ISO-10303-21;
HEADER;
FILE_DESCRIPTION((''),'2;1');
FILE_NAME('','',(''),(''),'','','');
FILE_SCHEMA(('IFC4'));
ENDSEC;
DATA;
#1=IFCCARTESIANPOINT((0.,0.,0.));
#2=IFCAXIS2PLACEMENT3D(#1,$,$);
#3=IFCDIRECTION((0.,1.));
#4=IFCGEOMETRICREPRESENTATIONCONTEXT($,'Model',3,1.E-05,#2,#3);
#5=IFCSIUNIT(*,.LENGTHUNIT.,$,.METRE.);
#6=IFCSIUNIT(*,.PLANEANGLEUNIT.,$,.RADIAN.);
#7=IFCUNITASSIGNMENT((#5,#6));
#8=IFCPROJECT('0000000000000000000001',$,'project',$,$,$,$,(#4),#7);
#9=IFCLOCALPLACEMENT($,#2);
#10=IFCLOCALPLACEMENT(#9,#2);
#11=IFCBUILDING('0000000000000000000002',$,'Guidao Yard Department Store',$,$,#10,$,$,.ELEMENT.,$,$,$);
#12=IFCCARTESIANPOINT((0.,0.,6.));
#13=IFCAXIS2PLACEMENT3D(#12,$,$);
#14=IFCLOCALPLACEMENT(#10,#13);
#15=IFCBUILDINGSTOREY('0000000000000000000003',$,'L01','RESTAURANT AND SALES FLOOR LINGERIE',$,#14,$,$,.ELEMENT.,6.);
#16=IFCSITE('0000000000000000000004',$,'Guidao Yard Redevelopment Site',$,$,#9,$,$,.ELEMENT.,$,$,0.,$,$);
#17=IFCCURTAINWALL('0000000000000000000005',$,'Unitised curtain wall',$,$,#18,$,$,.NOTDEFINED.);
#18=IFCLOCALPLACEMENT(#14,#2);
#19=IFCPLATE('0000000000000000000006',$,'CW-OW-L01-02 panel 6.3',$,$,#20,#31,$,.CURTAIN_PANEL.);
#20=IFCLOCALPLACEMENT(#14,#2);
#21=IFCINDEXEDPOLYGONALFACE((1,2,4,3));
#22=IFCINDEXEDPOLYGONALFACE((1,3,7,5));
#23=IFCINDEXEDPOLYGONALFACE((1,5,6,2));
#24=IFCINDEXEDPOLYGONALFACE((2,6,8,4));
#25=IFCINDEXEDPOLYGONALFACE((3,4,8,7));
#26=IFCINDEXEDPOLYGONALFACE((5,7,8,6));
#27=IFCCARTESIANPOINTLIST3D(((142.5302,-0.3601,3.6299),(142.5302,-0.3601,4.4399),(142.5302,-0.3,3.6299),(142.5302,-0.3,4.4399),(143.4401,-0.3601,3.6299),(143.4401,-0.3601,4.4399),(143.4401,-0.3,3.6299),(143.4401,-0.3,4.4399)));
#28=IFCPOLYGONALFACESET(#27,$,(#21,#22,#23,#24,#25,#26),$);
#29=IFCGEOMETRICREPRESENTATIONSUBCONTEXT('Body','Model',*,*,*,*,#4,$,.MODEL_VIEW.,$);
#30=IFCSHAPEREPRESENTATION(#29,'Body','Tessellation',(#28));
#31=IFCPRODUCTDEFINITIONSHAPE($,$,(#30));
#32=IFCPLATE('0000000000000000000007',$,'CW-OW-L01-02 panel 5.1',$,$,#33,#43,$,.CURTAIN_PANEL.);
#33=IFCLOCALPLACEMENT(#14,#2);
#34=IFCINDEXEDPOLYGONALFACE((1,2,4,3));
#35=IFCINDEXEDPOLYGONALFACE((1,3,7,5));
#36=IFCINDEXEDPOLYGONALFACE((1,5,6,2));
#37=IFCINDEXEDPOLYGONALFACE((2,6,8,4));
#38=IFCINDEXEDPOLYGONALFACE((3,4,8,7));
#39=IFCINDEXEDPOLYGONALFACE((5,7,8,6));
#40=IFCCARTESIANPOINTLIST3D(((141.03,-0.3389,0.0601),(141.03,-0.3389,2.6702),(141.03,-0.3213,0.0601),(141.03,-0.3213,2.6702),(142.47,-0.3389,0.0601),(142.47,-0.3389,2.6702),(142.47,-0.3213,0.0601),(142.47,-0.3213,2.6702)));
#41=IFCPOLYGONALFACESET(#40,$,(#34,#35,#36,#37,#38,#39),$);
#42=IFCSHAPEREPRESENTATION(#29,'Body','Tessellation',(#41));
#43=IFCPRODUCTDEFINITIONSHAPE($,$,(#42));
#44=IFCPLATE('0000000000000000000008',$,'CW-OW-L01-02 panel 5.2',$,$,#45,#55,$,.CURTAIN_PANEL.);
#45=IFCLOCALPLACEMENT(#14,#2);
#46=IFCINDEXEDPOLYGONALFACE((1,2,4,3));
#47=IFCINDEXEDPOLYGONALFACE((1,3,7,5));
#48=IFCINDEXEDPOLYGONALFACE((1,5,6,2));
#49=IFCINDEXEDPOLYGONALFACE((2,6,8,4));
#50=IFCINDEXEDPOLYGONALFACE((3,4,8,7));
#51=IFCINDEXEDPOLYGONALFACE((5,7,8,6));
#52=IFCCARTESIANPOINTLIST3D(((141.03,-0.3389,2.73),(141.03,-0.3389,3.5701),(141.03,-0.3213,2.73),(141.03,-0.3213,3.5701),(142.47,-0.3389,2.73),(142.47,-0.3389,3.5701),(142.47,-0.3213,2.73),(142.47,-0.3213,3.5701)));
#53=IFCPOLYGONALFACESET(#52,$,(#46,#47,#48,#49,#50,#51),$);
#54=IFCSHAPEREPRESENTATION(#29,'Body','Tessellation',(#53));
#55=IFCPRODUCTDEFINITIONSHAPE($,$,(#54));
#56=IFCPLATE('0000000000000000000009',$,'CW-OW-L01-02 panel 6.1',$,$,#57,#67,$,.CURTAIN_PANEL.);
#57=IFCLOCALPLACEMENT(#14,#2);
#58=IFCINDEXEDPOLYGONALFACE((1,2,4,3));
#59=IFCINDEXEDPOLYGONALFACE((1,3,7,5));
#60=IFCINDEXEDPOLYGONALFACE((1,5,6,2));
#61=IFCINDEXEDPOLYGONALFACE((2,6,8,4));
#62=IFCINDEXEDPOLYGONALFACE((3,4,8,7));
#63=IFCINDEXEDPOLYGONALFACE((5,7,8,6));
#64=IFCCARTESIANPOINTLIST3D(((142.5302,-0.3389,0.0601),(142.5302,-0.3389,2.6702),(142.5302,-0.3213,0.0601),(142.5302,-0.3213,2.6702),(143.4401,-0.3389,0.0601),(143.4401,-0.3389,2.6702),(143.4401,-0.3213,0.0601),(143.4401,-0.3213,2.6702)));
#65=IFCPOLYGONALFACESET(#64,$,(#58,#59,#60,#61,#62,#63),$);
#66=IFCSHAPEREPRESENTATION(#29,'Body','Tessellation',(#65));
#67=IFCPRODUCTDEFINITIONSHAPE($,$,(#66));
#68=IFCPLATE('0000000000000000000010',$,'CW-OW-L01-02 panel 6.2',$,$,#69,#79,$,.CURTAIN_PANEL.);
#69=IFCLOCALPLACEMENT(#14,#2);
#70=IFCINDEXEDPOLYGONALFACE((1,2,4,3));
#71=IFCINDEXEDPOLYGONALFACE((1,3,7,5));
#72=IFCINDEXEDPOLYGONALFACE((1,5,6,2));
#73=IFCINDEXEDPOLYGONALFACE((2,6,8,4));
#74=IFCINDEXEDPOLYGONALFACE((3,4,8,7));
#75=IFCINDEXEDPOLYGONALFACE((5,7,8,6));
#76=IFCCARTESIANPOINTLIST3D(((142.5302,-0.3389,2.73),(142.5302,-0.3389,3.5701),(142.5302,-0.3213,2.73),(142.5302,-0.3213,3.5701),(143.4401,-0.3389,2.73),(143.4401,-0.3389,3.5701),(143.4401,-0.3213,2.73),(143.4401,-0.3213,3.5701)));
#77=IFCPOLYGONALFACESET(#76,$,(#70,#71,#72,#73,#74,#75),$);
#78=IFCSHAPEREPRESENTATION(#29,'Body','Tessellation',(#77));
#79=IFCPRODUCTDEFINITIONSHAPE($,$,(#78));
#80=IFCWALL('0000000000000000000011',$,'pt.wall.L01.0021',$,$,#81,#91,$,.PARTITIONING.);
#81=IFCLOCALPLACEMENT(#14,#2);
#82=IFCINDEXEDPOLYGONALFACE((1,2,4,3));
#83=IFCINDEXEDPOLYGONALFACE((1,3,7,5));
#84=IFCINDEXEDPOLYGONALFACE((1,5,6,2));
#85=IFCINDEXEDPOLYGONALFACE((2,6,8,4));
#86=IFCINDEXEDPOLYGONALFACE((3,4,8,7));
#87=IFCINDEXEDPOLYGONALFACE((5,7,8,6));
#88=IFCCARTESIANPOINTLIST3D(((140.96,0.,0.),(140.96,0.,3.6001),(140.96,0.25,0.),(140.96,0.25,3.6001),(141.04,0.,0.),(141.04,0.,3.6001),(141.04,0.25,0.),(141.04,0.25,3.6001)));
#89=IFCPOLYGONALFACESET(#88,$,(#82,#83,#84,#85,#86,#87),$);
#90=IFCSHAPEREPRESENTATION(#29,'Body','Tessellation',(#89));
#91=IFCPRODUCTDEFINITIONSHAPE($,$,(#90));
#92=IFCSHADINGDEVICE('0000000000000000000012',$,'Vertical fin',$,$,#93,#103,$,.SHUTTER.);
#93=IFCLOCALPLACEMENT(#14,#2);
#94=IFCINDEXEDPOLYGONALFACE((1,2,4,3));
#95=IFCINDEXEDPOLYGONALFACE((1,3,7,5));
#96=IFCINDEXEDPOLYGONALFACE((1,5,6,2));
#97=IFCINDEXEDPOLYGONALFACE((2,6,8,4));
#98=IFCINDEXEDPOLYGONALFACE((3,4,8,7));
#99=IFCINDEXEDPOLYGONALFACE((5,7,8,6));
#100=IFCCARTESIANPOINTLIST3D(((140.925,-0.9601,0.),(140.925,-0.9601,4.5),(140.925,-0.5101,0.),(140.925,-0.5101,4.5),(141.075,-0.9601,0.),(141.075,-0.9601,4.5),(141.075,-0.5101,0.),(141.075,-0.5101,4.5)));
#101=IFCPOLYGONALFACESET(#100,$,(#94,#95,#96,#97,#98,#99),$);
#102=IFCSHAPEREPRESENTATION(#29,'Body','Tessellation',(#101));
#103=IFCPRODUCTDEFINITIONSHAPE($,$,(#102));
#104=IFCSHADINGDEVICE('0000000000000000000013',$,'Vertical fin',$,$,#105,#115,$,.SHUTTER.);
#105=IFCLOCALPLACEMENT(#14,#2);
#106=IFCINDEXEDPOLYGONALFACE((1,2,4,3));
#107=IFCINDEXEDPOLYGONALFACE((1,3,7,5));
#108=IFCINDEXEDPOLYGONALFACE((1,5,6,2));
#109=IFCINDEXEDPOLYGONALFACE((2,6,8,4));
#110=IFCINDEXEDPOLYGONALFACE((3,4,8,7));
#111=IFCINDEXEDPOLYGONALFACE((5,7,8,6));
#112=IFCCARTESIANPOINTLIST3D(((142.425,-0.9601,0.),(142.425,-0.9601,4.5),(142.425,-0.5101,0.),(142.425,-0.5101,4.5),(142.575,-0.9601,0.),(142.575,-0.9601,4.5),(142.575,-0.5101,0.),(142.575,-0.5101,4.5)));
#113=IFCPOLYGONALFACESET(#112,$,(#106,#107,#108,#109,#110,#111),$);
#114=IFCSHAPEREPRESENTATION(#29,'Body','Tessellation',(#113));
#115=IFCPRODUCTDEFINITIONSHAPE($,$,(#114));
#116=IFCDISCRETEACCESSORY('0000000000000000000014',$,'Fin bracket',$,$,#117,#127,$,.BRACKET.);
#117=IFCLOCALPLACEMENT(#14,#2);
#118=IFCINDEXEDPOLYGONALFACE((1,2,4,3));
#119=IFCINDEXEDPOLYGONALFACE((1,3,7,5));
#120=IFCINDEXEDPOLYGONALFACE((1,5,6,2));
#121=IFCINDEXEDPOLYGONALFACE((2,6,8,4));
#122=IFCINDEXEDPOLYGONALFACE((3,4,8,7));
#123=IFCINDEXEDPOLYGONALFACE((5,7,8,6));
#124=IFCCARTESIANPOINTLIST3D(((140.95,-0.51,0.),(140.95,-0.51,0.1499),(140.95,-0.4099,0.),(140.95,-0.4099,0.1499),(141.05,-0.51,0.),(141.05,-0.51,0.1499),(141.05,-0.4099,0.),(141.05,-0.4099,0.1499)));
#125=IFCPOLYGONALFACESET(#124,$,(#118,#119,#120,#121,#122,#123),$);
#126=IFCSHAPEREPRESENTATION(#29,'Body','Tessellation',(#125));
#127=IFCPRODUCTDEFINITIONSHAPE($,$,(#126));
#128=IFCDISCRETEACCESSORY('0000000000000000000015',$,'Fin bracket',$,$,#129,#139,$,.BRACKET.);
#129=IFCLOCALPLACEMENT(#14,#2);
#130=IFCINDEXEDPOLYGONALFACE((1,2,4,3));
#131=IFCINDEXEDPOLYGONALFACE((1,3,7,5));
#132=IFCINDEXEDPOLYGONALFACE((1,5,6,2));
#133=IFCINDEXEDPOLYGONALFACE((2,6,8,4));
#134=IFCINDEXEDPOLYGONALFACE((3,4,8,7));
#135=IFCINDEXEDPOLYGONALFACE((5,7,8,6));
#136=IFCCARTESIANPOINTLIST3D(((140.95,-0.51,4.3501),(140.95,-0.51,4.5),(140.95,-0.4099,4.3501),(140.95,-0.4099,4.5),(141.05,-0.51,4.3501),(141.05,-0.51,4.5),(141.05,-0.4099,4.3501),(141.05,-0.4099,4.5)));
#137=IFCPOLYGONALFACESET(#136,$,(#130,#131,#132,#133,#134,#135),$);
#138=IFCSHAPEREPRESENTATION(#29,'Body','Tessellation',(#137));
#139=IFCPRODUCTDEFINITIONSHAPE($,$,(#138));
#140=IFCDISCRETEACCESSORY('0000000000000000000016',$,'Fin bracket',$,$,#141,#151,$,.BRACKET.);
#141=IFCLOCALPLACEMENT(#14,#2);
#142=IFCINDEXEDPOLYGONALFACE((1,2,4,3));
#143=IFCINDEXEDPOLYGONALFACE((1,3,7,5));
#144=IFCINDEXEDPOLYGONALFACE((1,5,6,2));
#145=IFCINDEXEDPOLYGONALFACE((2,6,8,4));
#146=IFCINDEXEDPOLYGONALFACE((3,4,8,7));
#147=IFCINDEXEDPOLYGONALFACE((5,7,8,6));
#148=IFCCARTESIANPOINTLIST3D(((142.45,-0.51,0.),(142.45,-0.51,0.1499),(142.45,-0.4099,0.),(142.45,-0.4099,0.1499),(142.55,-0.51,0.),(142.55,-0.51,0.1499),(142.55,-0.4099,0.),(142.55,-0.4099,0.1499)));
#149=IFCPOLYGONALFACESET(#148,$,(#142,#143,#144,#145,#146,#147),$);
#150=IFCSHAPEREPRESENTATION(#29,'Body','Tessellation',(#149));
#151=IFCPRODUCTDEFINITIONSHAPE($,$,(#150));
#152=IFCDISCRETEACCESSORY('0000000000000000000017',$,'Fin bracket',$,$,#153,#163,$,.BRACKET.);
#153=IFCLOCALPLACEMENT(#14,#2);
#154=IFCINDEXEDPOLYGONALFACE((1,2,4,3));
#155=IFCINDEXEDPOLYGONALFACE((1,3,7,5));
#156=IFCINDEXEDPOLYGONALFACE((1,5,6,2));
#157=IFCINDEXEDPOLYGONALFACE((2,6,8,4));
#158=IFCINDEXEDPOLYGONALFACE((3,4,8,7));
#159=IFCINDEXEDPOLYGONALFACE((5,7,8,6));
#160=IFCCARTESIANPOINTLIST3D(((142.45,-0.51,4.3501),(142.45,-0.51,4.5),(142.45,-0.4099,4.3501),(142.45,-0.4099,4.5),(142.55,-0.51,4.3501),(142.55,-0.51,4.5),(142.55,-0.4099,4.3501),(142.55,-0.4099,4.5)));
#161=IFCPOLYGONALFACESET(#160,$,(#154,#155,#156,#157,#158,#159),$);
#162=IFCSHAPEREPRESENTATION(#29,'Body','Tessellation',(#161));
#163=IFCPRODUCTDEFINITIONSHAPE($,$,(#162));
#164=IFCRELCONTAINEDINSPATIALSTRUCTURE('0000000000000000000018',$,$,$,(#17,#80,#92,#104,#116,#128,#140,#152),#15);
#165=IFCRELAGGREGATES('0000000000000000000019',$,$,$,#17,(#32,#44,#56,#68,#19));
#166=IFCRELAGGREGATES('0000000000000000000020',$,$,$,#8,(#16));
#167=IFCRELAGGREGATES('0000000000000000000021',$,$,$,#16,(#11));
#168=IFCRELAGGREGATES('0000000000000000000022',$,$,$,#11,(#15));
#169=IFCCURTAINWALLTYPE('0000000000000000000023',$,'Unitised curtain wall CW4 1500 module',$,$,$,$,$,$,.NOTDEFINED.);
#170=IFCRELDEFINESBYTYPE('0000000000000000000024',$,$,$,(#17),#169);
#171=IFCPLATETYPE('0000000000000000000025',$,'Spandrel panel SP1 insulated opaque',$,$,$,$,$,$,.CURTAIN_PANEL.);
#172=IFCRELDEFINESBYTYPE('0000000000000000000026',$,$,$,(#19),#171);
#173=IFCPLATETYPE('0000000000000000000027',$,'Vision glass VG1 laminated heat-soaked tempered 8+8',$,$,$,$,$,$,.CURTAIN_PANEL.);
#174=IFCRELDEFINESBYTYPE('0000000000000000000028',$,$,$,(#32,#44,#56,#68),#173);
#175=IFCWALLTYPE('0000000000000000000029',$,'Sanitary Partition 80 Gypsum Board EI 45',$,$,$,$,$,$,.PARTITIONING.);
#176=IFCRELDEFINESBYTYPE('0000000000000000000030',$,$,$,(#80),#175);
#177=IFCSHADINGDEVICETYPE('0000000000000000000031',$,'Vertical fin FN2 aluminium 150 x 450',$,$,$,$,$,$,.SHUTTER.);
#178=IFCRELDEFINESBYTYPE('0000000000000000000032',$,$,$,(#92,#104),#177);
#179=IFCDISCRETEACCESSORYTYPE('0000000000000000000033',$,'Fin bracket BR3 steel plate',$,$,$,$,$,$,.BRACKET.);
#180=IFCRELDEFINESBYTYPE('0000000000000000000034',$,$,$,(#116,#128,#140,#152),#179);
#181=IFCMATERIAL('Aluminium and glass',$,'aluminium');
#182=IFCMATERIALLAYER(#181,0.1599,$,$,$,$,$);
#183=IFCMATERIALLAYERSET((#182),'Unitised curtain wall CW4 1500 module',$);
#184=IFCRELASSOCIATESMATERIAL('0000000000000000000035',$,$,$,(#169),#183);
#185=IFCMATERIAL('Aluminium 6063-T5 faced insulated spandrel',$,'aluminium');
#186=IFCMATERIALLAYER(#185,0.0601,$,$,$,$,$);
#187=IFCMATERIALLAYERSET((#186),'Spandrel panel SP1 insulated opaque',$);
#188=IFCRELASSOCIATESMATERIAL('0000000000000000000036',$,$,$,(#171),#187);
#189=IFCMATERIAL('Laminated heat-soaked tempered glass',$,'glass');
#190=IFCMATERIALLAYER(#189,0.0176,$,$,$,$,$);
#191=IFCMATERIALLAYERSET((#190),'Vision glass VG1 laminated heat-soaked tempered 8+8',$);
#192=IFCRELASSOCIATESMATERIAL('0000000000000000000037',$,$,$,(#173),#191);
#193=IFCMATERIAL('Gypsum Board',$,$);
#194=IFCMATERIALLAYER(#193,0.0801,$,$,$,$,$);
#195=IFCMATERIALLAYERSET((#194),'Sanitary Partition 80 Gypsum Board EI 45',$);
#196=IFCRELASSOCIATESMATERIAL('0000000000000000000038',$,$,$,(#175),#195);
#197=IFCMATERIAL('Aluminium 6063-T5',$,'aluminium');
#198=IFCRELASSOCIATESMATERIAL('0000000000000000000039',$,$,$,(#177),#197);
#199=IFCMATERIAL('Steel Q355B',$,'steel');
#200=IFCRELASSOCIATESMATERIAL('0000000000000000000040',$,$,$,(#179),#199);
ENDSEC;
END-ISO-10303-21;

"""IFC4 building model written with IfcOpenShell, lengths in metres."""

from ifc_helpers import new_model, si_unit, direction, frame, frame_2d, origin, origin_2d, place, context, subcontext, project, spatial, rectangle, extrude, material, layer, layer_set, type_object, element, aggregate, save


model = new_model("IFC4")

# Units and contexts
model_context = context("Model", 3, precision=1e-05, world=origin(), true_north=direction((0.0, 1.0)))
body_context = subcontext(model_context, "Body", "Model", "MODEL_VIEW")
ifc_project = project(units=[si_unit("LENGTHUNIT", "METRE"), si_unit("PLANEANGLEUNIT", "RADIAN")], contexts=[model_context])

# Site, building, storey
site_placement = place(None, origin())
site = spatial("IfcSite", under=ifc_project, at=site_placement, Name="Guidao Yard Redevelopment Site", CompositionType="ELEMENT", RefElevation=0.0)
building_placement = place(site_placement, origin())
building = spatial("IfcBuilding", under=site, at=building_placement, Name="Guidao Yard Department Store", CompositionType="ELEMENT")
storey_placement = place(building_placement, frame((0.0, 0.0, 6.0)))
storey = spatial("IfcBuildingStorey", under=building, at=storey_placement, Name="L01", Description="RESTAURANT AND SALES FLOOR LINGERIE", CompositionType="ELEMENT", Elevation=6.0)

# Curtain wall, plates
ifc_material_1 = material(Name="Aluminium and glass", Category="aluminium")
ifc_layer_1 = layer(ifc_material_1, 0.1599)
ifc_layer_set_1 = layer_set([ifc_layer_1], Name="Unitised curtain wall CW4 1500 module")
curtain_wall_type = type_object("IfcCurtainWallType", Name="Unitised curtain wall CW4 1500 module", PredefinedType="NOTDEFINED", material=ifc_layer_set_1)
curtain_wall_placement = place(storey_placement, origin())
curtain_wall = element("IfcCurtainWall", 1, at=curtain_wall_placement, inside=storey, type_object=curtain_wall_type, Name="Unitised curtain wall", PredefinedType="NOTDEFINED")
ifc_material_2 = material(Name="Aluminium 6063-T5 faced insulated spandrel", Category="aluminium")
ifc_layer_2 = layer(ifc_material_2, 0.0601)
ifc_layer_set_2 = layer_set([ifc_layer_2], Name="Spandrel panel SP1 insulated opaque")
plate_type_1 = type_object("IfcPlateType", Name="Spandrel panel SP1 insulated opaque", PredefinedType="CURTAIN_PANEL", material=ifc_layer_set_2)
plate_1_placement = place(storey_placement, frame((142.9851, -0.3301, 3.6299), z_axis=(0.0, 0.0, 1.0), x_axis=(-1.0, 0.0, 0.0)))
plate_1 = element("IfcPlate", 2, at=plate_1_placement, type_object=plate_type_1, Name="CW-OW-L01-02 panel 6.3", PredefinedType="CURTAIN_PANEL", context=body_context, shape_type="SweptSolid", body=[
    extrude(rectangle(XDim=0.9099, YDim=0.0601, at=origin_2d()), origin(), (0.0, 0.0, 1.0), 0.8101),
])
ifc_material_3 = material(Name="Laminated heat-soaked tempered glass", Category="glass")
ifc_layer_3 = layer(ifc_material_3, 0.0176)
ifc_layer_set_3 = layer_set([ifc_layer_3], Name="Vision glass VG1 laminated heat-soaked tempered 8+8")
plate_type_2 = type_object("IfcPlateType", Name="Vision glass VG1 laminated heat-soaked tempered 8+8", PredefinedType="CURTAIN_PANEL", material=ifc_layer_set_3)
plate_2_placement = place(storey_placement, frame((141.75, -0.3301, 0.0601), z_axis=(0.0, 0.0, 1.0), x_axis=(-1.0, 0.0, 0.0)))
plate_2 = element("IfcPlate", 3, at=plate_2_placement, type_object=plate_type_2, Name="CW-OW-L01-02 panel 5.1", PredefinedType="CURTAIN_PANEL", context=body_context, shape_type="SweptSolid", body=[
    extrude(rectangle(XDim=1.4399, YDim=0.0176, at=origin_2d()), origin(), (0.0, 0.0, 1.0), 2.6101),
])
plate_3_placement = place(storey_placement, frame((141.75, -0.3301, 2.73), z_axis=(0.0, 0.0, 1.0), x_axis=(-1.0, 0.0, 0.0)))
plate_3 = element("IfcPlate", 4, at=plate_3_placement, type_object=plate_type_2, Name="CW-OW-L01-02 panel 5.2", PredefinedType="CURTAIN_PANEL", context=body_context, shape_type="SweptSolid", body=[
    extrude(rectangle(XDim=1.4399, YDim=0.0176, at=origin_2d()), origin(), (0.0, 0.0, 1.0), 0.8401),
])
plate_4_placement = place(storey_placement, frame((142.9851, -0.3301, 0.0601), z_axis=(0.0, 0.0, 1.0), x_axis=(-1.0, 0.0, 0.0)))
plate_4 = element("IfcPlate", 5, at=plate_4_placement, type_object=plate_type_2, Name="CW-OW-L01-02 panel 6.1", PredefinedType="CURTAIN_PANEL", context=body_context, shape_type="SweptSolid", body=[
    extrude(rectangle(XDim=0.9099, YDim=0.0176, at=origin_2d()), origin(), (0.0, 0.0, 1.0), 2.6101),
])
plate_5_placement = place(storey_placement, frame((142.9851, -0.3301, 2.73), z_axis=(0.0, 0.0, 1.0), x_axis=(-1.0, 0.0, 0.0)))
plate_5 = element("IfcPlate", 6, at=plate_5_placement, type_object=plate_type_2, Name="CW-OW-L01-02 panel 6.2", PredefinedType="CURTAIN_PANEL", context=body_context, shape_type="SweptSolid", body=[
    extrude(rectangle(XDim=0.9099, YDim=0.0176, at=origin_2d()), origin(), (0.0, 0.0, 1.0), 0.8401),
])
aggregate(curtain_wall, [plate_2, plate_3, plate_4, plate_5, plate_1])

# Wall
ifc_material_4 = material(Name="Gypsum Board")
ifc_layer_4 = layer(ifc_material_4, 0.0801)
ifc_layer_set_4 = layer_set([ifc_layer_4], Name="Sanitary Partition 80 Gypsum Board EI 45")
wall_type = type_object("IfcWallType", Name="Sanitary Partition 80 Gypsum Board EI 45", PredefinedType="PARTITIONING", material=ifc_layer_set_4)
wall_placement = place(storey_placement, frame((141.0, 0.0, 0.0), z_axis=(0.0, 0.0, 1.0), x_axis=(0.0, 1.0, 0.0)))
element("IfcWall", 7, at=wall_placement, inside=storey, type_object=wall_type, Name="pt.wall.L01.0021", PredefinedType="PARTITIONING", context=body_context, shape_type="SweptSolid", body=[
    extrude(rectangle(XDim=0.25, YDim=0.0801, at=frame_2d((0.125, 0.0))), origin(), (0.0, 0.0, 1.0), 3.6001),
])

# Shading devices
ifc_material_5 = material(Name="Aluminium 6063-T5", Category="aluminium")
shading_device_type = type_object("IfcShadingDeviceType", Name="Vertical fin FN2 aluminium 150 x 450", PredefinedType="SHUTTER", material=ifc_material_5)
for number, where, z_axis, x_axis, name in (
    (8, (141.0, -0.7351, 0.0), (0.0, 0.0, 1.0), (-1.0, 0.0, 0.0), "Vertical fin"),
    (9, (142.5, -0.7351, 0.0), (0.0, 0.0, 1.0), (-1.0, 0.0, 0.0), "Vertical fin"),
):
    element("IfcShadingDevice", number, at=place(storey_placement, frame(where, z_axis=z_axis, x_axis=x_axis)), inside=storey, type_object=shading_device_type, Name=name, PredefinedType="SHUTTER", context=body_context, shape_type="SweptSolid", body=[
        extrude(rectangle(XDim=0.1499, YDim=0.45, at=origin_2d()), origin(), (0.0, 0.0, 1.0), 4.5),
    ])

# Discrete accessories
ifc_material_6 = material(Name="Steel Q355B", Category="steel")
discrete_accessory_type = type_object("IfcDiscreteAccessoryType", Name="Fin bracket BR3 steel plate", PredefinedType="BRACKET", material=ifc_material_6)
for number, where, z_axis, x_axis, name in (
    (10, (141.0, -0.46, 0.0), (0.0, 0.0, 1.0), (-1.0, 0.0, 0.0), "Fin bracket"),
    (11, (141.0, -0.46, 4.3501), (0.0, 0.0, 1.0), (-1.0, 0.0, 0.0), "Fin bracket"),
    (12, (142.5, -0.46, 0.0), (0.0, 0.0, 1.0), (-1.0, 0.0, 0.0), "Fin bracket"),
    (13, (142.5, -0.46, 4.3501), (0.0, 0.0, 1.0), (-1.0, 0.0, 0.0), "Fin bracket"),
):
    element("IfcDiscreteAccessory", number, at=place(storey_placement, frame(where, z_axis=z_axis, x_axis=x_axis)), inside=storey, type_object=discrete_accessory_type, Name=name, PredefinedType="BRACKET", context=body_context, shape_type="SweptSolid", body=[
        extrude(rectangle(XDim=0.1001, YDim=0.1001, at=origin_2d()), origin(), (0.0, 0.0, 1.0), 0.1499),
    ])

save(model, "model.ifc")
